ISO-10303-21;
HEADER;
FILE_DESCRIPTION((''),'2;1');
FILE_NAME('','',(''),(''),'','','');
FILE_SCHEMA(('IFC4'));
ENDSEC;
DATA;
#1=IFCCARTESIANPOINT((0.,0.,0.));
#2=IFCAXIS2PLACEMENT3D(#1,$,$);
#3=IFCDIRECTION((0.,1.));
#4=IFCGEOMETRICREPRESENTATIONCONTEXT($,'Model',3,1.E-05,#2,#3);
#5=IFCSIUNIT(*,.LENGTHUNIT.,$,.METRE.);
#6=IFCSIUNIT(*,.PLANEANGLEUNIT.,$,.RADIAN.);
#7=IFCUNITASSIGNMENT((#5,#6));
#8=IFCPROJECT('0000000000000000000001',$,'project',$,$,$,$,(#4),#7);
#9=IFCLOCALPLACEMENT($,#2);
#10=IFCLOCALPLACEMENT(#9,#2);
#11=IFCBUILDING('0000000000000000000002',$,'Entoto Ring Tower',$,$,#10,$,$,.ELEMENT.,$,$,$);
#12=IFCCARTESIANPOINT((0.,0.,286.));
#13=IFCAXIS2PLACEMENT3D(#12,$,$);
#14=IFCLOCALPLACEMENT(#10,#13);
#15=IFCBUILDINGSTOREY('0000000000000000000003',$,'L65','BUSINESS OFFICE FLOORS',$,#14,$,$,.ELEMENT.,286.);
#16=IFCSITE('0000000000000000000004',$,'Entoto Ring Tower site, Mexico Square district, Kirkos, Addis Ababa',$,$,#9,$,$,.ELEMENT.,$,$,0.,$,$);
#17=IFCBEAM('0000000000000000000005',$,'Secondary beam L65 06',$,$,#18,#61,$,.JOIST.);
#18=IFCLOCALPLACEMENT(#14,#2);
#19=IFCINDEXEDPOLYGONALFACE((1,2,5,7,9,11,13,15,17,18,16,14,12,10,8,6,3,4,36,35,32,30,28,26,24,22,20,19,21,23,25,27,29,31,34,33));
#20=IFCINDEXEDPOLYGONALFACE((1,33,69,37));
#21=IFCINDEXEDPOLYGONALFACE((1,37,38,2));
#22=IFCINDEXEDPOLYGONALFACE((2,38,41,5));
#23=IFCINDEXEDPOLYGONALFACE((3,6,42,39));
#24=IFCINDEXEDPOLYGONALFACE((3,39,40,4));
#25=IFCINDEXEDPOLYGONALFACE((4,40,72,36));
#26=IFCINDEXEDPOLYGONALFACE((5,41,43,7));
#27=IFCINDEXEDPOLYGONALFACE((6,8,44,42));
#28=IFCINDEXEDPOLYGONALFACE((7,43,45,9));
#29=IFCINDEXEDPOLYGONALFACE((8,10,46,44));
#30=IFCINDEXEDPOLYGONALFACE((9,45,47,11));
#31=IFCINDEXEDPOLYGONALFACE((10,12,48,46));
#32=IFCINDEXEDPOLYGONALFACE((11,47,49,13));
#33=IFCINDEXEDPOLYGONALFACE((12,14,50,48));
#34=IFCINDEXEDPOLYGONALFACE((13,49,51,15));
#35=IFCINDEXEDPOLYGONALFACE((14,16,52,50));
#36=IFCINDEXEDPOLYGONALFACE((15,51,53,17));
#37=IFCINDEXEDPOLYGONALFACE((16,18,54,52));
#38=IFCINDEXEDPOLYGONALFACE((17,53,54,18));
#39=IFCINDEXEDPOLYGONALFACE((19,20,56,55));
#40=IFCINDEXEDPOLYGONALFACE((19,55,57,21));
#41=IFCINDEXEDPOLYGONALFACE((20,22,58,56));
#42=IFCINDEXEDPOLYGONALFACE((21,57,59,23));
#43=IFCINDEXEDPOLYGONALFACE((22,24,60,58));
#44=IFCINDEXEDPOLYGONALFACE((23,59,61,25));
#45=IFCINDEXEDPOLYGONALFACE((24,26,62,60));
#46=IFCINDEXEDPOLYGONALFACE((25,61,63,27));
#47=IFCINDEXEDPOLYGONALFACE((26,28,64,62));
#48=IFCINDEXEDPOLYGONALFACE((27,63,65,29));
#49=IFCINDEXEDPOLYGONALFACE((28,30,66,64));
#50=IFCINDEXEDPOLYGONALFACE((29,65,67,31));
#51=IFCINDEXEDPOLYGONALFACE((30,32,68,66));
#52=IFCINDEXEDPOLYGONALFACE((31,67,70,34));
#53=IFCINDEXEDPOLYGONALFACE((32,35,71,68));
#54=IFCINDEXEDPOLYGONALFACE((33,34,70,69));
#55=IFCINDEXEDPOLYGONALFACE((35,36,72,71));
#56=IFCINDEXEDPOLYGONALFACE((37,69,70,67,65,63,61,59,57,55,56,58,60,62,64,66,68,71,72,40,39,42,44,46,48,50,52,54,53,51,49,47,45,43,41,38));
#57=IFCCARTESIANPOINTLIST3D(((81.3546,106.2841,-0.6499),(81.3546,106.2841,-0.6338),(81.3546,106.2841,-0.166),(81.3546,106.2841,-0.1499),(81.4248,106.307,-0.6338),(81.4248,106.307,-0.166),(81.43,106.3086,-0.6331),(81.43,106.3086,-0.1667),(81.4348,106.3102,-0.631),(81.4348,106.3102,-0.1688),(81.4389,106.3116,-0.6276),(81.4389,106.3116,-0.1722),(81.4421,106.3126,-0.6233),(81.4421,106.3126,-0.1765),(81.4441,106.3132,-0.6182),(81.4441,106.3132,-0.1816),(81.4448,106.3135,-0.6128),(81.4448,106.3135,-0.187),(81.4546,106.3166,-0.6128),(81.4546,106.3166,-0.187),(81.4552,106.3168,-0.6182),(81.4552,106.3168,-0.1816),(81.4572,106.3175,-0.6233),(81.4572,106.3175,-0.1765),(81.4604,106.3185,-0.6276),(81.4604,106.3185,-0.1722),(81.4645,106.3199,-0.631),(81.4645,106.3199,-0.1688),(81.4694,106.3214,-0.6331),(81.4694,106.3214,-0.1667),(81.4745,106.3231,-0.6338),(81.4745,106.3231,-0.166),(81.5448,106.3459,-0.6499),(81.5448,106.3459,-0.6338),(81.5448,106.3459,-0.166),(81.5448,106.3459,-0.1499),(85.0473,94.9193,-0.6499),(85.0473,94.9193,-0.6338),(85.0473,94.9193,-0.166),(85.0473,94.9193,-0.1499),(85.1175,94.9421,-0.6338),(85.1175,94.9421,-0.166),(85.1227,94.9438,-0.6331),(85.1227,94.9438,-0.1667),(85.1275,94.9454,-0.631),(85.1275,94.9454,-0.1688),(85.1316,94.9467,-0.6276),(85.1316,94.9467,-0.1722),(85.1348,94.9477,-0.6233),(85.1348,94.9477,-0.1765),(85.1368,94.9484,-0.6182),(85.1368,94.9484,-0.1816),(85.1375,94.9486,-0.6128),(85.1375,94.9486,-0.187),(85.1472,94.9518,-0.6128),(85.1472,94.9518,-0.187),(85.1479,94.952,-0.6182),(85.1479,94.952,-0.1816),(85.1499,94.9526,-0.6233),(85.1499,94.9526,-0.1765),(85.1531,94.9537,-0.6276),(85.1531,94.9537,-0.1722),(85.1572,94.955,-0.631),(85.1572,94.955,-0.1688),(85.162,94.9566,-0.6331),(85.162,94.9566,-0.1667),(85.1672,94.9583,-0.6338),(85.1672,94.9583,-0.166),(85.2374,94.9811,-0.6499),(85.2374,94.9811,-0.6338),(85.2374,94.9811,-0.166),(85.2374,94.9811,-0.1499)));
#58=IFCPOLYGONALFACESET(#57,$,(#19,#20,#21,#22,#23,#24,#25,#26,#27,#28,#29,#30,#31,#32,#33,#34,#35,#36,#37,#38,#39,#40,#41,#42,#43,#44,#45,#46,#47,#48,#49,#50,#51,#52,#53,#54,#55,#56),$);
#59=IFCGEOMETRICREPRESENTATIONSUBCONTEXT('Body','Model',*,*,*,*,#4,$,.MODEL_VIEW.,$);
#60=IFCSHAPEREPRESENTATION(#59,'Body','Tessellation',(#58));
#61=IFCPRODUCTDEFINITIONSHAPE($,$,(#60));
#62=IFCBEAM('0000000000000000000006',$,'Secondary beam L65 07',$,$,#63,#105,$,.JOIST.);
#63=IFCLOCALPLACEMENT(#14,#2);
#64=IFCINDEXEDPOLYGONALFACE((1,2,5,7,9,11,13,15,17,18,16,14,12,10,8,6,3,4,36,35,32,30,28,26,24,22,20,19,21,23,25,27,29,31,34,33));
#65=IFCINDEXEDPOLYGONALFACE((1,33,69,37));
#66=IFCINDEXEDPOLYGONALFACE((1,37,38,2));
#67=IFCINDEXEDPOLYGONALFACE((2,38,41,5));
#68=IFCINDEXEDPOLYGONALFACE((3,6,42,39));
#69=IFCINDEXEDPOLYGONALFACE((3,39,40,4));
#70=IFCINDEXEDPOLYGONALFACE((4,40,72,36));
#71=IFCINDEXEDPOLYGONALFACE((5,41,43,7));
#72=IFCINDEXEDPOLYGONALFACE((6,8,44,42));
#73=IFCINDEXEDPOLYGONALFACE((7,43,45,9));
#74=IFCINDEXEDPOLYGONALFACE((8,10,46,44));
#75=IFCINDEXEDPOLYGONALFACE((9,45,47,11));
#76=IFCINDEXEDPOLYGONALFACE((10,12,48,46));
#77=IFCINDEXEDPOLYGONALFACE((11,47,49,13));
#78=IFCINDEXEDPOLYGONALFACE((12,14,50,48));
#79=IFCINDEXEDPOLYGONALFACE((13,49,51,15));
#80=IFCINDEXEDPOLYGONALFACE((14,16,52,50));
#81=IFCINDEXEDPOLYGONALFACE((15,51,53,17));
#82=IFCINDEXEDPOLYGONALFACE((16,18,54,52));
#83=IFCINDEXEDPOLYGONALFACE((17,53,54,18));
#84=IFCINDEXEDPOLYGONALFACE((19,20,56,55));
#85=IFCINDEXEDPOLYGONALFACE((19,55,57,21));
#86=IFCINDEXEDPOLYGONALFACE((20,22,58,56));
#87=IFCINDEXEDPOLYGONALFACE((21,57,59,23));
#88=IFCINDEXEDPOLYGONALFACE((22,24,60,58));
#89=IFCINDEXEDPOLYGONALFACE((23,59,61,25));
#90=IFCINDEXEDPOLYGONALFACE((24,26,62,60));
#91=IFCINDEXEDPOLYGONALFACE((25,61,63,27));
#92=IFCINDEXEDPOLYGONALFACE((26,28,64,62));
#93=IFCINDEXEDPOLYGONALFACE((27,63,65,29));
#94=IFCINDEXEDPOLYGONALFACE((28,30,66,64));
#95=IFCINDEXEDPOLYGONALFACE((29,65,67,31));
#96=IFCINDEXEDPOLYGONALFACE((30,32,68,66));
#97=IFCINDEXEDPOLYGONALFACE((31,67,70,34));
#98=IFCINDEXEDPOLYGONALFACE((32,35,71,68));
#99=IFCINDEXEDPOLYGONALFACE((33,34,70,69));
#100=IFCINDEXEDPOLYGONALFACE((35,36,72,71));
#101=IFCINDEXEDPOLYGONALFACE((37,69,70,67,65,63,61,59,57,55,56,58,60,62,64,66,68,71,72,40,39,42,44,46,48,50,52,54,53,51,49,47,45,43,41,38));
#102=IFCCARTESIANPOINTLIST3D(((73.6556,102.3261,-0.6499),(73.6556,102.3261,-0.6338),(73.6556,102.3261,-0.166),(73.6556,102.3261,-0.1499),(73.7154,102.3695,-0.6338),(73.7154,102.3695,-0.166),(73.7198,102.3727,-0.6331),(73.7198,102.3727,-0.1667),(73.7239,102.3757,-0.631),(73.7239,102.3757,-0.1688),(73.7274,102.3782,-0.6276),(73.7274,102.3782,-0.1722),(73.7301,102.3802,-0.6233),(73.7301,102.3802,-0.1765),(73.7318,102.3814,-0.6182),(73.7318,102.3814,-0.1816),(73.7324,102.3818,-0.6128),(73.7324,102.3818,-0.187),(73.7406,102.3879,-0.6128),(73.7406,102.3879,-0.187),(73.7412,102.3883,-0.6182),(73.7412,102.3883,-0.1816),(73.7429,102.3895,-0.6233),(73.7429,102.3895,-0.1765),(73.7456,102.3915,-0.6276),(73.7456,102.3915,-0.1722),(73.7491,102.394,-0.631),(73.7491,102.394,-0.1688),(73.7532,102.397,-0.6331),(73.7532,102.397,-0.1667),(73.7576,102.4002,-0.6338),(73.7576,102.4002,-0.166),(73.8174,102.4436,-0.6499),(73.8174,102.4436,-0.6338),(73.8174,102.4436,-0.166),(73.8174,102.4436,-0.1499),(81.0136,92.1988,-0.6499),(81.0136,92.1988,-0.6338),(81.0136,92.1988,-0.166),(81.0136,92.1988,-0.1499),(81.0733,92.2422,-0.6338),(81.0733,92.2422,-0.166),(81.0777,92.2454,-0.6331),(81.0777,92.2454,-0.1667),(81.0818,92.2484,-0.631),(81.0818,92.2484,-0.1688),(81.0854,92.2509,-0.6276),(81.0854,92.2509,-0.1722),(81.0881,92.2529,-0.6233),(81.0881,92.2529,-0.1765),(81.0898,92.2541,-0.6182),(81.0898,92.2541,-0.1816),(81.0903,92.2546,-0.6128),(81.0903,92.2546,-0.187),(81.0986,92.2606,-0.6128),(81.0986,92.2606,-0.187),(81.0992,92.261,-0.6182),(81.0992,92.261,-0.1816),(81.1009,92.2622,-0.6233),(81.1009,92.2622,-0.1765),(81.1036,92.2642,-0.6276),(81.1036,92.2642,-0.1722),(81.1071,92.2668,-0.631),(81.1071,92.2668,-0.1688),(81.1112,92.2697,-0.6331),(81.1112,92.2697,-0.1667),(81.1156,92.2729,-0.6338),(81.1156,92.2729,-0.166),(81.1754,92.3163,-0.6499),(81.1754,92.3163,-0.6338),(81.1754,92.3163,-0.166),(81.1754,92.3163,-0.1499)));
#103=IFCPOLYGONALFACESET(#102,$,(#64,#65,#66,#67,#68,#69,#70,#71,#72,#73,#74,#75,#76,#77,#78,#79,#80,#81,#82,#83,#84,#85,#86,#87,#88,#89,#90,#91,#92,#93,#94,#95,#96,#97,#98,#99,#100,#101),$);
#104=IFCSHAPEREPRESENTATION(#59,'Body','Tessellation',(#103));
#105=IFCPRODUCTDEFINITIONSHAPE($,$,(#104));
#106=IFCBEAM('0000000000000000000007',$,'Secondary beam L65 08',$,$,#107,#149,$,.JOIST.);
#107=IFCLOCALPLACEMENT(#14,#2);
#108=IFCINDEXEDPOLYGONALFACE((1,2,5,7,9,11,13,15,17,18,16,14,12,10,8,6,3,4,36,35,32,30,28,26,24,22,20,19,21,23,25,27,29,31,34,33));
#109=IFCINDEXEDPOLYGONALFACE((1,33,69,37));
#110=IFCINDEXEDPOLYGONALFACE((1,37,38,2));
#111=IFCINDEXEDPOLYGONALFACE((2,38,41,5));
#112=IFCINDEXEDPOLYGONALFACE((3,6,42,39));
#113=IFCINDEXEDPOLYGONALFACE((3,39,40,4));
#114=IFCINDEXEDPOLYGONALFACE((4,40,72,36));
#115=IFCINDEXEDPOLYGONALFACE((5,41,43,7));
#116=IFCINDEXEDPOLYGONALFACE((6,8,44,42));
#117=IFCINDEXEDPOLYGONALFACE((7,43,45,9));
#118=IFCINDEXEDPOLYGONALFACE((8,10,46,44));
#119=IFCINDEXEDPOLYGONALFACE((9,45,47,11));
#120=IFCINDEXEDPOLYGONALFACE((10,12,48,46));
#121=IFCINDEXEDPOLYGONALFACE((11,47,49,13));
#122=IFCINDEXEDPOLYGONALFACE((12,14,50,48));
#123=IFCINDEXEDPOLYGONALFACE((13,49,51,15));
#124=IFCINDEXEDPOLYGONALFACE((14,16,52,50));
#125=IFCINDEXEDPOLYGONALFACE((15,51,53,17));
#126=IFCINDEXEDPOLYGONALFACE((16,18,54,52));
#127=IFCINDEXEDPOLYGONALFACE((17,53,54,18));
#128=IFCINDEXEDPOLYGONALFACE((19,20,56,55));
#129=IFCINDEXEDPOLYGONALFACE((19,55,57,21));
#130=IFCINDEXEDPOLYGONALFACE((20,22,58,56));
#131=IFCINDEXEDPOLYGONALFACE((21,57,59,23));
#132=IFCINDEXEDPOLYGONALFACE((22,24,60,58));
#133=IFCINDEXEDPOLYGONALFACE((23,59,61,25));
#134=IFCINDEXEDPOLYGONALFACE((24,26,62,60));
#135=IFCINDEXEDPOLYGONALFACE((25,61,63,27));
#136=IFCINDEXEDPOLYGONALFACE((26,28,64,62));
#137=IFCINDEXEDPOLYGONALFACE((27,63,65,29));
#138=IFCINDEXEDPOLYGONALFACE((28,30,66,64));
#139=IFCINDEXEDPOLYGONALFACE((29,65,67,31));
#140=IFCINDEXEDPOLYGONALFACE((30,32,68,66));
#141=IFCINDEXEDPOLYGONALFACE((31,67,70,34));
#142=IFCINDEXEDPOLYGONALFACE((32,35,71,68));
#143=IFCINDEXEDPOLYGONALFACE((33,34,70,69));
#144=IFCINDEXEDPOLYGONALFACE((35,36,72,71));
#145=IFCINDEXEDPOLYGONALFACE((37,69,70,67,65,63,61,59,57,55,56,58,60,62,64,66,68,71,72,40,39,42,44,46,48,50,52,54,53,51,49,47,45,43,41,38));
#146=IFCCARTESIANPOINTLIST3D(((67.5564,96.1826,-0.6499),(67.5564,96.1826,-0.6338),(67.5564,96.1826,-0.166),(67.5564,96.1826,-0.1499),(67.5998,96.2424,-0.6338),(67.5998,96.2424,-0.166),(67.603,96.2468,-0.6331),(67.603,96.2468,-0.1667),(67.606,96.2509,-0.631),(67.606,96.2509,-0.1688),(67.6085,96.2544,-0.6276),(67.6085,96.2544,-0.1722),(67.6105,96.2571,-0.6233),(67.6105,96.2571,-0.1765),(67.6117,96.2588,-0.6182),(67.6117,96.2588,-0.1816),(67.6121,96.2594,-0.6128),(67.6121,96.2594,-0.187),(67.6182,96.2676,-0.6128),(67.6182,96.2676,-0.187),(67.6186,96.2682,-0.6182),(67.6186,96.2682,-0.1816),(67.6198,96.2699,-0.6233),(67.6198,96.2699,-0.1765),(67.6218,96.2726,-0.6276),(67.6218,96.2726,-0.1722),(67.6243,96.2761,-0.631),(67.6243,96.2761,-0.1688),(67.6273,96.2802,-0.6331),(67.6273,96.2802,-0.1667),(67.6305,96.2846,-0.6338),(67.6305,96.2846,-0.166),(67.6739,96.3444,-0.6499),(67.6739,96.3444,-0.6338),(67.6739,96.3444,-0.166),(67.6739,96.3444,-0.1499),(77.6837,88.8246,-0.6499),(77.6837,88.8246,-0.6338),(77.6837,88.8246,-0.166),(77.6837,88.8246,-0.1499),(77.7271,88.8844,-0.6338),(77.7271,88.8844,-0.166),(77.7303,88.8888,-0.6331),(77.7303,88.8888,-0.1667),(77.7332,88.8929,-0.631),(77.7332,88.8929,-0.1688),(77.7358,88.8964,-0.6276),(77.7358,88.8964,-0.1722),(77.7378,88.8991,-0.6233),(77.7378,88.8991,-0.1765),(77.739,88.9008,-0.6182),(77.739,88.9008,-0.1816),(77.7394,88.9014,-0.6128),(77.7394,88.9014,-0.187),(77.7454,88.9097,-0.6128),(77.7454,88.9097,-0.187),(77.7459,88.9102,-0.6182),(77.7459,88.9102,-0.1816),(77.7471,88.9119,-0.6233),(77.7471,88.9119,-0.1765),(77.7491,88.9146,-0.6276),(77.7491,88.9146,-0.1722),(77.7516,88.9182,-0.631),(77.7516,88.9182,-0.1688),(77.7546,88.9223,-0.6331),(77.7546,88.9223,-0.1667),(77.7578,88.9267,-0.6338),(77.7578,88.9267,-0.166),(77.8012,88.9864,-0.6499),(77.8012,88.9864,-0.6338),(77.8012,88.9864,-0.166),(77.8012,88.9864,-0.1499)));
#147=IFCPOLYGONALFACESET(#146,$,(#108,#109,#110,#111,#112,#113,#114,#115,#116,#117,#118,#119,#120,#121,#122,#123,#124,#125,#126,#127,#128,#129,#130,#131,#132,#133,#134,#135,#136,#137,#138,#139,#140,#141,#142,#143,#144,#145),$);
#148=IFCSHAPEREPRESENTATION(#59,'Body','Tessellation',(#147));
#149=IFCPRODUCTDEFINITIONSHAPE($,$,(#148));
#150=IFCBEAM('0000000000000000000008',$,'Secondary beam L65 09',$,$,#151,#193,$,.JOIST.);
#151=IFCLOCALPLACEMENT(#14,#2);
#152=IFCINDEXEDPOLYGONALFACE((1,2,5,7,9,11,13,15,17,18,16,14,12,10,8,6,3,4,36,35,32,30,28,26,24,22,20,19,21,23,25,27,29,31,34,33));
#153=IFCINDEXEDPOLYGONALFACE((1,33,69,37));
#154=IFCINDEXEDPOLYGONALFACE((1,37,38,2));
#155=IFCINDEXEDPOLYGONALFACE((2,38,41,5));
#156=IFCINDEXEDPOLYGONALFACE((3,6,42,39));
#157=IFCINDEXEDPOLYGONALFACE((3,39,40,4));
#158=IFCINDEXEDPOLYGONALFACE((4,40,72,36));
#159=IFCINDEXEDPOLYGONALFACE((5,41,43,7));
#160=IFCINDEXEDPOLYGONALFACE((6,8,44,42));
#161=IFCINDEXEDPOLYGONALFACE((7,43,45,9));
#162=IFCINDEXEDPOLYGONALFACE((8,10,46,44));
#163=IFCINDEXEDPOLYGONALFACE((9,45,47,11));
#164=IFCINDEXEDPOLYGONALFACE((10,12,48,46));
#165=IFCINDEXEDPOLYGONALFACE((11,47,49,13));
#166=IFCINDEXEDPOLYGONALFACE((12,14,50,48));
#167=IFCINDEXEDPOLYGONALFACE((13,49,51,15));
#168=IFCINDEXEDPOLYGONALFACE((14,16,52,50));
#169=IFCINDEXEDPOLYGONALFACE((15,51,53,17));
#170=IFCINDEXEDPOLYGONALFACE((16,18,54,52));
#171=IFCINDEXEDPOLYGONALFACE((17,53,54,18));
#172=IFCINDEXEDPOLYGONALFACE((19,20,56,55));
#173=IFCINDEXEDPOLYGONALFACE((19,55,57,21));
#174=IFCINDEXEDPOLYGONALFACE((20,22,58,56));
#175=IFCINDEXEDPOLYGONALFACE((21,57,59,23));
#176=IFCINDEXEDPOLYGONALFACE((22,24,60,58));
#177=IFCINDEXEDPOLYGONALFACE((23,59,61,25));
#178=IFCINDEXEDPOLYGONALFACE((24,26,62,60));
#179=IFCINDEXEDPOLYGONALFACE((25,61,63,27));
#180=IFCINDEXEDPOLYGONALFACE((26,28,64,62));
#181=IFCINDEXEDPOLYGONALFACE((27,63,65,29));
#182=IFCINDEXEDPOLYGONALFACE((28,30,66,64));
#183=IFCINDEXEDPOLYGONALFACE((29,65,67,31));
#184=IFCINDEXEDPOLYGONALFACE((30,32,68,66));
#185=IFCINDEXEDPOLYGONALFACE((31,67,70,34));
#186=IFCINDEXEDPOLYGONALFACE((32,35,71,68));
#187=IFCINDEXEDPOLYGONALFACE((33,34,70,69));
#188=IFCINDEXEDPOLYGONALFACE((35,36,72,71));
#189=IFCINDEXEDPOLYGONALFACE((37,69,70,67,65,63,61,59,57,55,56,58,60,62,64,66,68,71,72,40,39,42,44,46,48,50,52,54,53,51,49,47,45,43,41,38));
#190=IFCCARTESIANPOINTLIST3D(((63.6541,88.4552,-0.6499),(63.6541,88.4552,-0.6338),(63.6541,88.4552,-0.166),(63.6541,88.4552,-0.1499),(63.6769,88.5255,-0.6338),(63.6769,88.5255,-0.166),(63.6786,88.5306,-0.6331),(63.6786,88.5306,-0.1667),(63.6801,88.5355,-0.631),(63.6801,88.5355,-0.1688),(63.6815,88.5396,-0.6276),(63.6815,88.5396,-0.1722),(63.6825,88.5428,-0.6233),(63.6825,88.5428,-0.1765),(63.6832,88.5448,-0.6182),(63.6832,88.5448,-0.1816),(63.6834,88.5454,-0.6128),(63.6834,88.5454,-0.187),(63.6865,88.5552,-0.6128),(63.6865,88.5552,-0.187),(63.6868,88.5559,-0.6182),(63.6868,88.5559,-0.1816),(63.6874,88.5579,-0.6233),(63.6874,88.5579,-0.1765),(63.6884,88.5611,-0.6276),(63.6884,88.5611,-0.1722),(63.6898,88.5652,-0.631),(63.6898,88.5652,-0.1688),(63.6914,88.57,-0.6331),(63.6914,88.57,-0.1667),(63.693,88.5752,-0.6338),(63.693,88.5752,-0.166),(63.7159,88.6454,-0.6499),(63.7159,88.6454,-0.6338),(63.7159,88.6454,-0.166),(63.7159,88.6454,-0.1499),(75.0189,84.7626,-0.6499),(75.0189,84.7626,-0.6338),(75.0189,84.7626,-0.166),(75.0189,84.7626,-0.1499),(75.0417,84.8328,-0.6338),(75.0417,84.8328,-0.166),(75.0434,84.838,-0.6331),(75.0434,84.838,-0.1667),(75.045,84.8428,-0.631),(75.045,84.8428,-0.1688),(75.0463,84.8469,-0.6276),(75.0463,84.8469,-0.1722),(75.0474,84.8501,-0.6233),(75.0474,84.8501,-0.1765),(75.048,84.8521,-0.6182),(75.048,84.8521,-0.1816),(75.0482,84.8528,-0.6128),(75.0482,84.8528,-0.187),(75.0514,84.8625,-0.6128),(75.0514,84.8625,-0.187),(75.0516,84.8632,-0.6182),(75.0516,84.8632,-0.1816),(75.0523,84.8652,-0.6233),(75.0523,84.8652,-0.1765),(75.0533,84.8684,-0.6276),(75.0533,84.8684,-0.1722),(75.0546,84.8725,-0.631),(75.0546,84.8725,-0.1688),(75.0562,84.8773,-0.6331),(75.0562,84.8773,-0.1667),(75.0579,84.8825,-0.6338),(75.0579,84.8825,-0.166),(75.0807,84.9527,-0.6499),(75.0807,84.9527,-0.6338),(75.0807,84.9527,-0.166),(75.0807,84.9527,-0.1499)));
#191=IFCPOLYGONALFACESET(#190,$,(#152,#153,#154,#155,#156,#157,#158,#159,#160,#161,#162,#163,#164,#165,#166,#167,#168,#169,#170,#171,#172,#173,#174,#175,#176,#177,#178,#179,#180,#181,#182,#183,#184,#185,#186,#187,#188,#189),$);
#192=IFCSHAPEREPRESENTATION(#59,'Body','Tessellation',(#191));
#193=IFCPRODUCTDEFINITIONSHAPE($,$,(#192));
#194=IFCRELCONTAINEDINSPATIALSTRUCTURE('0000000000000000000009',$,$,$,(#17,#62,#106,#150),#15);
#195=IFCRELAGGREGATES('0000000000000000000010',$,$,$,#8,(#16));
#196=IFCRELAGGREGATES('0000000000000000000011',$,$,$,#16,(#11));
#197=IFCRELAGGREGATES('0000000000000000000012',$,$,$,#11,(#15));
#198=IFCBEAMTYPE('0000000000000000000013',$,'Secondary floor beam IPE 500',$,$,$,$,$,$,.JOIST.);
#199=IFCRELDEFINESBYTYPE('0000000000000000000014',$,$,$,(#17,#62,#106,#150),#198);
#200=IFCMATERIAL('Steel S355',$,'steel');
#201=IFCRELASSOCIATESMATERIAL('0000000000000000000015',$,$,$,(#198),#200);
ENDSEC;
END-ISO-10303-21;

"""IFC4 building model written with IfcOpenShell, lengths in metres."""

from ifc_helpers import new_model, si_unit, direction, frame, origin, origin_2d, place, context, subcontext, project, spatial, i_section, extrude, material, material_profile, profile_set, type_object, element, save


model = new_model("IFC4")

# Units and contexts
model_context = context("Model", 3, precision=1e-05, world=origin(), true_north=direction((0.0, 1.0)))
body_context = subcontext(model_context, "Body", "Model", "MODEL_VIEW")
ifc_project = project(units=[si_unit("LENGTHUNIT", "METRE"), si_unit("PLANEANGLEUNIT", "RADIAN")], contexts=[model_context])

# Site, building, storey
site_placement = place(None, origin())
site = spatial("IfcSite", under=ifc_project, at=site_placement, Name="Entoto Ring Tower site, Mexico Square district, Kirkos, Addis Ababa", CompositionType="ELEMENT", RefElevation=0.0)
building_placement = place(site_placement, origin())
building = spatial("IfcBuilding", under=site, at=building_placement, Name="Entoto Ring Tower", CompositionType="ELEMENT")
storey_placement = place(building_placement, frame((0.0, 0.0, 286.0)))
storey = spatial("IfcBuildingStorey", under=building, at=storey_placement, Name="L65", Description="BUSINESS OFFICE FLOORS", CompositionType="ELEMENT", Elevation=286.0)

# Beams
ifc_material_1 = material(Name="Steel S355", Category="steel")
ifc_material_profile_1 = material_profile(ifc_material_1, i_section(OverallWidth=0.2, OverallDepth=0.5, WebThickness=0.0103, FlangeThickness=0.0161, FilletRadius=0.021, at=origin_2d()), Name="IPE 500")
ifc_profile_set_1 = profile_set([ifc_material_profile_1], Name="Steel S355")
beam_type_1 = type_object("IfcBeamType", Name="Secondary floor beam IPE 500", PredefinedType="JOIST", material=ifc_profile_set_1)
beam_1_placement = place(storey_placement, frame((85.1423, 94.9502, -0.3999), z_axis=(-0.309017, 0.951057, 0.0), x_axis=(-0.951057, -0.309017, 0.0)))
element("IfcBeam", 1, at=beam_1_placement, inside=storey, type_object=beam_type_1, Name="Secondary beam L65 06", PredefinedType="JOIST", context=body_context, shape_type="SweptSolid", body=[
    extrude(i_section(OverallWidth=0.2, OverallDepth=0.5, WebThickness=0.0103, FlangeThickness=0.0161, FilletRadius=0.021, at=origin_2d()), origin(), (0.0, 0.0, 1.0), 11.9497),
])
for number, where, z_axis, x_axis, name in (
    (2, (81.0945, 92.2576, -0.3999), (-0.587789, 0.809014, 0.0), (-0.809014, -0.587789, 0.0), "Secondary beam L65 07"),
    (3, (77.7424, 88.9055, -0.3999), (-0.809014, 0.587789, 0.0), (-0.587789, -0.809014, 0.0), "Secondary beam L65 08"),
):
    element("IfcBeam", number, at=place(storey_placement, frame(where, z_axis=z_axis, x_axis=x_axis)), inside=storey, type_object=beam_type_1, Name=name, PredefinedType="JOIST", context=body_context, shape_type="SweptSolid", body=[
        extrude(i_section(OverallWidth=0.2, OverallDepth=0.5, WebThickness=0.0103, FlangeThickness=0.0161, FilletRadius=0.021, at=origin_2d()), origin(), (0.0, 0.0, 1.0), 12.5181),
    ])
beam_2_placement = place(storey_placement, frame((75.0498, 84.8577, -0.3999), z_axis=(-0.951057, 0.309017, 0.0), x_axis=(-0.309017, -0.951057, 0.0)))
element("IfcBeam", 4, at=beam_2_placement, inside=storey, type_object=beam_type_1, Name="Secondary beam L65 09", PredefinedType="JOIST", context=body_context, shape_type="SweptSolid", body=[
    extrude(i_section(OverallWidth=0.2, OverallDepth=0.5, WebThickness=0.0103, FlangeThickness=0.0161, FilletRadius=0.021, at=origin_2d()), origin(), (0.0, 0.0, 1.0), 11.9497),
])

save(model, "model.ifc")
